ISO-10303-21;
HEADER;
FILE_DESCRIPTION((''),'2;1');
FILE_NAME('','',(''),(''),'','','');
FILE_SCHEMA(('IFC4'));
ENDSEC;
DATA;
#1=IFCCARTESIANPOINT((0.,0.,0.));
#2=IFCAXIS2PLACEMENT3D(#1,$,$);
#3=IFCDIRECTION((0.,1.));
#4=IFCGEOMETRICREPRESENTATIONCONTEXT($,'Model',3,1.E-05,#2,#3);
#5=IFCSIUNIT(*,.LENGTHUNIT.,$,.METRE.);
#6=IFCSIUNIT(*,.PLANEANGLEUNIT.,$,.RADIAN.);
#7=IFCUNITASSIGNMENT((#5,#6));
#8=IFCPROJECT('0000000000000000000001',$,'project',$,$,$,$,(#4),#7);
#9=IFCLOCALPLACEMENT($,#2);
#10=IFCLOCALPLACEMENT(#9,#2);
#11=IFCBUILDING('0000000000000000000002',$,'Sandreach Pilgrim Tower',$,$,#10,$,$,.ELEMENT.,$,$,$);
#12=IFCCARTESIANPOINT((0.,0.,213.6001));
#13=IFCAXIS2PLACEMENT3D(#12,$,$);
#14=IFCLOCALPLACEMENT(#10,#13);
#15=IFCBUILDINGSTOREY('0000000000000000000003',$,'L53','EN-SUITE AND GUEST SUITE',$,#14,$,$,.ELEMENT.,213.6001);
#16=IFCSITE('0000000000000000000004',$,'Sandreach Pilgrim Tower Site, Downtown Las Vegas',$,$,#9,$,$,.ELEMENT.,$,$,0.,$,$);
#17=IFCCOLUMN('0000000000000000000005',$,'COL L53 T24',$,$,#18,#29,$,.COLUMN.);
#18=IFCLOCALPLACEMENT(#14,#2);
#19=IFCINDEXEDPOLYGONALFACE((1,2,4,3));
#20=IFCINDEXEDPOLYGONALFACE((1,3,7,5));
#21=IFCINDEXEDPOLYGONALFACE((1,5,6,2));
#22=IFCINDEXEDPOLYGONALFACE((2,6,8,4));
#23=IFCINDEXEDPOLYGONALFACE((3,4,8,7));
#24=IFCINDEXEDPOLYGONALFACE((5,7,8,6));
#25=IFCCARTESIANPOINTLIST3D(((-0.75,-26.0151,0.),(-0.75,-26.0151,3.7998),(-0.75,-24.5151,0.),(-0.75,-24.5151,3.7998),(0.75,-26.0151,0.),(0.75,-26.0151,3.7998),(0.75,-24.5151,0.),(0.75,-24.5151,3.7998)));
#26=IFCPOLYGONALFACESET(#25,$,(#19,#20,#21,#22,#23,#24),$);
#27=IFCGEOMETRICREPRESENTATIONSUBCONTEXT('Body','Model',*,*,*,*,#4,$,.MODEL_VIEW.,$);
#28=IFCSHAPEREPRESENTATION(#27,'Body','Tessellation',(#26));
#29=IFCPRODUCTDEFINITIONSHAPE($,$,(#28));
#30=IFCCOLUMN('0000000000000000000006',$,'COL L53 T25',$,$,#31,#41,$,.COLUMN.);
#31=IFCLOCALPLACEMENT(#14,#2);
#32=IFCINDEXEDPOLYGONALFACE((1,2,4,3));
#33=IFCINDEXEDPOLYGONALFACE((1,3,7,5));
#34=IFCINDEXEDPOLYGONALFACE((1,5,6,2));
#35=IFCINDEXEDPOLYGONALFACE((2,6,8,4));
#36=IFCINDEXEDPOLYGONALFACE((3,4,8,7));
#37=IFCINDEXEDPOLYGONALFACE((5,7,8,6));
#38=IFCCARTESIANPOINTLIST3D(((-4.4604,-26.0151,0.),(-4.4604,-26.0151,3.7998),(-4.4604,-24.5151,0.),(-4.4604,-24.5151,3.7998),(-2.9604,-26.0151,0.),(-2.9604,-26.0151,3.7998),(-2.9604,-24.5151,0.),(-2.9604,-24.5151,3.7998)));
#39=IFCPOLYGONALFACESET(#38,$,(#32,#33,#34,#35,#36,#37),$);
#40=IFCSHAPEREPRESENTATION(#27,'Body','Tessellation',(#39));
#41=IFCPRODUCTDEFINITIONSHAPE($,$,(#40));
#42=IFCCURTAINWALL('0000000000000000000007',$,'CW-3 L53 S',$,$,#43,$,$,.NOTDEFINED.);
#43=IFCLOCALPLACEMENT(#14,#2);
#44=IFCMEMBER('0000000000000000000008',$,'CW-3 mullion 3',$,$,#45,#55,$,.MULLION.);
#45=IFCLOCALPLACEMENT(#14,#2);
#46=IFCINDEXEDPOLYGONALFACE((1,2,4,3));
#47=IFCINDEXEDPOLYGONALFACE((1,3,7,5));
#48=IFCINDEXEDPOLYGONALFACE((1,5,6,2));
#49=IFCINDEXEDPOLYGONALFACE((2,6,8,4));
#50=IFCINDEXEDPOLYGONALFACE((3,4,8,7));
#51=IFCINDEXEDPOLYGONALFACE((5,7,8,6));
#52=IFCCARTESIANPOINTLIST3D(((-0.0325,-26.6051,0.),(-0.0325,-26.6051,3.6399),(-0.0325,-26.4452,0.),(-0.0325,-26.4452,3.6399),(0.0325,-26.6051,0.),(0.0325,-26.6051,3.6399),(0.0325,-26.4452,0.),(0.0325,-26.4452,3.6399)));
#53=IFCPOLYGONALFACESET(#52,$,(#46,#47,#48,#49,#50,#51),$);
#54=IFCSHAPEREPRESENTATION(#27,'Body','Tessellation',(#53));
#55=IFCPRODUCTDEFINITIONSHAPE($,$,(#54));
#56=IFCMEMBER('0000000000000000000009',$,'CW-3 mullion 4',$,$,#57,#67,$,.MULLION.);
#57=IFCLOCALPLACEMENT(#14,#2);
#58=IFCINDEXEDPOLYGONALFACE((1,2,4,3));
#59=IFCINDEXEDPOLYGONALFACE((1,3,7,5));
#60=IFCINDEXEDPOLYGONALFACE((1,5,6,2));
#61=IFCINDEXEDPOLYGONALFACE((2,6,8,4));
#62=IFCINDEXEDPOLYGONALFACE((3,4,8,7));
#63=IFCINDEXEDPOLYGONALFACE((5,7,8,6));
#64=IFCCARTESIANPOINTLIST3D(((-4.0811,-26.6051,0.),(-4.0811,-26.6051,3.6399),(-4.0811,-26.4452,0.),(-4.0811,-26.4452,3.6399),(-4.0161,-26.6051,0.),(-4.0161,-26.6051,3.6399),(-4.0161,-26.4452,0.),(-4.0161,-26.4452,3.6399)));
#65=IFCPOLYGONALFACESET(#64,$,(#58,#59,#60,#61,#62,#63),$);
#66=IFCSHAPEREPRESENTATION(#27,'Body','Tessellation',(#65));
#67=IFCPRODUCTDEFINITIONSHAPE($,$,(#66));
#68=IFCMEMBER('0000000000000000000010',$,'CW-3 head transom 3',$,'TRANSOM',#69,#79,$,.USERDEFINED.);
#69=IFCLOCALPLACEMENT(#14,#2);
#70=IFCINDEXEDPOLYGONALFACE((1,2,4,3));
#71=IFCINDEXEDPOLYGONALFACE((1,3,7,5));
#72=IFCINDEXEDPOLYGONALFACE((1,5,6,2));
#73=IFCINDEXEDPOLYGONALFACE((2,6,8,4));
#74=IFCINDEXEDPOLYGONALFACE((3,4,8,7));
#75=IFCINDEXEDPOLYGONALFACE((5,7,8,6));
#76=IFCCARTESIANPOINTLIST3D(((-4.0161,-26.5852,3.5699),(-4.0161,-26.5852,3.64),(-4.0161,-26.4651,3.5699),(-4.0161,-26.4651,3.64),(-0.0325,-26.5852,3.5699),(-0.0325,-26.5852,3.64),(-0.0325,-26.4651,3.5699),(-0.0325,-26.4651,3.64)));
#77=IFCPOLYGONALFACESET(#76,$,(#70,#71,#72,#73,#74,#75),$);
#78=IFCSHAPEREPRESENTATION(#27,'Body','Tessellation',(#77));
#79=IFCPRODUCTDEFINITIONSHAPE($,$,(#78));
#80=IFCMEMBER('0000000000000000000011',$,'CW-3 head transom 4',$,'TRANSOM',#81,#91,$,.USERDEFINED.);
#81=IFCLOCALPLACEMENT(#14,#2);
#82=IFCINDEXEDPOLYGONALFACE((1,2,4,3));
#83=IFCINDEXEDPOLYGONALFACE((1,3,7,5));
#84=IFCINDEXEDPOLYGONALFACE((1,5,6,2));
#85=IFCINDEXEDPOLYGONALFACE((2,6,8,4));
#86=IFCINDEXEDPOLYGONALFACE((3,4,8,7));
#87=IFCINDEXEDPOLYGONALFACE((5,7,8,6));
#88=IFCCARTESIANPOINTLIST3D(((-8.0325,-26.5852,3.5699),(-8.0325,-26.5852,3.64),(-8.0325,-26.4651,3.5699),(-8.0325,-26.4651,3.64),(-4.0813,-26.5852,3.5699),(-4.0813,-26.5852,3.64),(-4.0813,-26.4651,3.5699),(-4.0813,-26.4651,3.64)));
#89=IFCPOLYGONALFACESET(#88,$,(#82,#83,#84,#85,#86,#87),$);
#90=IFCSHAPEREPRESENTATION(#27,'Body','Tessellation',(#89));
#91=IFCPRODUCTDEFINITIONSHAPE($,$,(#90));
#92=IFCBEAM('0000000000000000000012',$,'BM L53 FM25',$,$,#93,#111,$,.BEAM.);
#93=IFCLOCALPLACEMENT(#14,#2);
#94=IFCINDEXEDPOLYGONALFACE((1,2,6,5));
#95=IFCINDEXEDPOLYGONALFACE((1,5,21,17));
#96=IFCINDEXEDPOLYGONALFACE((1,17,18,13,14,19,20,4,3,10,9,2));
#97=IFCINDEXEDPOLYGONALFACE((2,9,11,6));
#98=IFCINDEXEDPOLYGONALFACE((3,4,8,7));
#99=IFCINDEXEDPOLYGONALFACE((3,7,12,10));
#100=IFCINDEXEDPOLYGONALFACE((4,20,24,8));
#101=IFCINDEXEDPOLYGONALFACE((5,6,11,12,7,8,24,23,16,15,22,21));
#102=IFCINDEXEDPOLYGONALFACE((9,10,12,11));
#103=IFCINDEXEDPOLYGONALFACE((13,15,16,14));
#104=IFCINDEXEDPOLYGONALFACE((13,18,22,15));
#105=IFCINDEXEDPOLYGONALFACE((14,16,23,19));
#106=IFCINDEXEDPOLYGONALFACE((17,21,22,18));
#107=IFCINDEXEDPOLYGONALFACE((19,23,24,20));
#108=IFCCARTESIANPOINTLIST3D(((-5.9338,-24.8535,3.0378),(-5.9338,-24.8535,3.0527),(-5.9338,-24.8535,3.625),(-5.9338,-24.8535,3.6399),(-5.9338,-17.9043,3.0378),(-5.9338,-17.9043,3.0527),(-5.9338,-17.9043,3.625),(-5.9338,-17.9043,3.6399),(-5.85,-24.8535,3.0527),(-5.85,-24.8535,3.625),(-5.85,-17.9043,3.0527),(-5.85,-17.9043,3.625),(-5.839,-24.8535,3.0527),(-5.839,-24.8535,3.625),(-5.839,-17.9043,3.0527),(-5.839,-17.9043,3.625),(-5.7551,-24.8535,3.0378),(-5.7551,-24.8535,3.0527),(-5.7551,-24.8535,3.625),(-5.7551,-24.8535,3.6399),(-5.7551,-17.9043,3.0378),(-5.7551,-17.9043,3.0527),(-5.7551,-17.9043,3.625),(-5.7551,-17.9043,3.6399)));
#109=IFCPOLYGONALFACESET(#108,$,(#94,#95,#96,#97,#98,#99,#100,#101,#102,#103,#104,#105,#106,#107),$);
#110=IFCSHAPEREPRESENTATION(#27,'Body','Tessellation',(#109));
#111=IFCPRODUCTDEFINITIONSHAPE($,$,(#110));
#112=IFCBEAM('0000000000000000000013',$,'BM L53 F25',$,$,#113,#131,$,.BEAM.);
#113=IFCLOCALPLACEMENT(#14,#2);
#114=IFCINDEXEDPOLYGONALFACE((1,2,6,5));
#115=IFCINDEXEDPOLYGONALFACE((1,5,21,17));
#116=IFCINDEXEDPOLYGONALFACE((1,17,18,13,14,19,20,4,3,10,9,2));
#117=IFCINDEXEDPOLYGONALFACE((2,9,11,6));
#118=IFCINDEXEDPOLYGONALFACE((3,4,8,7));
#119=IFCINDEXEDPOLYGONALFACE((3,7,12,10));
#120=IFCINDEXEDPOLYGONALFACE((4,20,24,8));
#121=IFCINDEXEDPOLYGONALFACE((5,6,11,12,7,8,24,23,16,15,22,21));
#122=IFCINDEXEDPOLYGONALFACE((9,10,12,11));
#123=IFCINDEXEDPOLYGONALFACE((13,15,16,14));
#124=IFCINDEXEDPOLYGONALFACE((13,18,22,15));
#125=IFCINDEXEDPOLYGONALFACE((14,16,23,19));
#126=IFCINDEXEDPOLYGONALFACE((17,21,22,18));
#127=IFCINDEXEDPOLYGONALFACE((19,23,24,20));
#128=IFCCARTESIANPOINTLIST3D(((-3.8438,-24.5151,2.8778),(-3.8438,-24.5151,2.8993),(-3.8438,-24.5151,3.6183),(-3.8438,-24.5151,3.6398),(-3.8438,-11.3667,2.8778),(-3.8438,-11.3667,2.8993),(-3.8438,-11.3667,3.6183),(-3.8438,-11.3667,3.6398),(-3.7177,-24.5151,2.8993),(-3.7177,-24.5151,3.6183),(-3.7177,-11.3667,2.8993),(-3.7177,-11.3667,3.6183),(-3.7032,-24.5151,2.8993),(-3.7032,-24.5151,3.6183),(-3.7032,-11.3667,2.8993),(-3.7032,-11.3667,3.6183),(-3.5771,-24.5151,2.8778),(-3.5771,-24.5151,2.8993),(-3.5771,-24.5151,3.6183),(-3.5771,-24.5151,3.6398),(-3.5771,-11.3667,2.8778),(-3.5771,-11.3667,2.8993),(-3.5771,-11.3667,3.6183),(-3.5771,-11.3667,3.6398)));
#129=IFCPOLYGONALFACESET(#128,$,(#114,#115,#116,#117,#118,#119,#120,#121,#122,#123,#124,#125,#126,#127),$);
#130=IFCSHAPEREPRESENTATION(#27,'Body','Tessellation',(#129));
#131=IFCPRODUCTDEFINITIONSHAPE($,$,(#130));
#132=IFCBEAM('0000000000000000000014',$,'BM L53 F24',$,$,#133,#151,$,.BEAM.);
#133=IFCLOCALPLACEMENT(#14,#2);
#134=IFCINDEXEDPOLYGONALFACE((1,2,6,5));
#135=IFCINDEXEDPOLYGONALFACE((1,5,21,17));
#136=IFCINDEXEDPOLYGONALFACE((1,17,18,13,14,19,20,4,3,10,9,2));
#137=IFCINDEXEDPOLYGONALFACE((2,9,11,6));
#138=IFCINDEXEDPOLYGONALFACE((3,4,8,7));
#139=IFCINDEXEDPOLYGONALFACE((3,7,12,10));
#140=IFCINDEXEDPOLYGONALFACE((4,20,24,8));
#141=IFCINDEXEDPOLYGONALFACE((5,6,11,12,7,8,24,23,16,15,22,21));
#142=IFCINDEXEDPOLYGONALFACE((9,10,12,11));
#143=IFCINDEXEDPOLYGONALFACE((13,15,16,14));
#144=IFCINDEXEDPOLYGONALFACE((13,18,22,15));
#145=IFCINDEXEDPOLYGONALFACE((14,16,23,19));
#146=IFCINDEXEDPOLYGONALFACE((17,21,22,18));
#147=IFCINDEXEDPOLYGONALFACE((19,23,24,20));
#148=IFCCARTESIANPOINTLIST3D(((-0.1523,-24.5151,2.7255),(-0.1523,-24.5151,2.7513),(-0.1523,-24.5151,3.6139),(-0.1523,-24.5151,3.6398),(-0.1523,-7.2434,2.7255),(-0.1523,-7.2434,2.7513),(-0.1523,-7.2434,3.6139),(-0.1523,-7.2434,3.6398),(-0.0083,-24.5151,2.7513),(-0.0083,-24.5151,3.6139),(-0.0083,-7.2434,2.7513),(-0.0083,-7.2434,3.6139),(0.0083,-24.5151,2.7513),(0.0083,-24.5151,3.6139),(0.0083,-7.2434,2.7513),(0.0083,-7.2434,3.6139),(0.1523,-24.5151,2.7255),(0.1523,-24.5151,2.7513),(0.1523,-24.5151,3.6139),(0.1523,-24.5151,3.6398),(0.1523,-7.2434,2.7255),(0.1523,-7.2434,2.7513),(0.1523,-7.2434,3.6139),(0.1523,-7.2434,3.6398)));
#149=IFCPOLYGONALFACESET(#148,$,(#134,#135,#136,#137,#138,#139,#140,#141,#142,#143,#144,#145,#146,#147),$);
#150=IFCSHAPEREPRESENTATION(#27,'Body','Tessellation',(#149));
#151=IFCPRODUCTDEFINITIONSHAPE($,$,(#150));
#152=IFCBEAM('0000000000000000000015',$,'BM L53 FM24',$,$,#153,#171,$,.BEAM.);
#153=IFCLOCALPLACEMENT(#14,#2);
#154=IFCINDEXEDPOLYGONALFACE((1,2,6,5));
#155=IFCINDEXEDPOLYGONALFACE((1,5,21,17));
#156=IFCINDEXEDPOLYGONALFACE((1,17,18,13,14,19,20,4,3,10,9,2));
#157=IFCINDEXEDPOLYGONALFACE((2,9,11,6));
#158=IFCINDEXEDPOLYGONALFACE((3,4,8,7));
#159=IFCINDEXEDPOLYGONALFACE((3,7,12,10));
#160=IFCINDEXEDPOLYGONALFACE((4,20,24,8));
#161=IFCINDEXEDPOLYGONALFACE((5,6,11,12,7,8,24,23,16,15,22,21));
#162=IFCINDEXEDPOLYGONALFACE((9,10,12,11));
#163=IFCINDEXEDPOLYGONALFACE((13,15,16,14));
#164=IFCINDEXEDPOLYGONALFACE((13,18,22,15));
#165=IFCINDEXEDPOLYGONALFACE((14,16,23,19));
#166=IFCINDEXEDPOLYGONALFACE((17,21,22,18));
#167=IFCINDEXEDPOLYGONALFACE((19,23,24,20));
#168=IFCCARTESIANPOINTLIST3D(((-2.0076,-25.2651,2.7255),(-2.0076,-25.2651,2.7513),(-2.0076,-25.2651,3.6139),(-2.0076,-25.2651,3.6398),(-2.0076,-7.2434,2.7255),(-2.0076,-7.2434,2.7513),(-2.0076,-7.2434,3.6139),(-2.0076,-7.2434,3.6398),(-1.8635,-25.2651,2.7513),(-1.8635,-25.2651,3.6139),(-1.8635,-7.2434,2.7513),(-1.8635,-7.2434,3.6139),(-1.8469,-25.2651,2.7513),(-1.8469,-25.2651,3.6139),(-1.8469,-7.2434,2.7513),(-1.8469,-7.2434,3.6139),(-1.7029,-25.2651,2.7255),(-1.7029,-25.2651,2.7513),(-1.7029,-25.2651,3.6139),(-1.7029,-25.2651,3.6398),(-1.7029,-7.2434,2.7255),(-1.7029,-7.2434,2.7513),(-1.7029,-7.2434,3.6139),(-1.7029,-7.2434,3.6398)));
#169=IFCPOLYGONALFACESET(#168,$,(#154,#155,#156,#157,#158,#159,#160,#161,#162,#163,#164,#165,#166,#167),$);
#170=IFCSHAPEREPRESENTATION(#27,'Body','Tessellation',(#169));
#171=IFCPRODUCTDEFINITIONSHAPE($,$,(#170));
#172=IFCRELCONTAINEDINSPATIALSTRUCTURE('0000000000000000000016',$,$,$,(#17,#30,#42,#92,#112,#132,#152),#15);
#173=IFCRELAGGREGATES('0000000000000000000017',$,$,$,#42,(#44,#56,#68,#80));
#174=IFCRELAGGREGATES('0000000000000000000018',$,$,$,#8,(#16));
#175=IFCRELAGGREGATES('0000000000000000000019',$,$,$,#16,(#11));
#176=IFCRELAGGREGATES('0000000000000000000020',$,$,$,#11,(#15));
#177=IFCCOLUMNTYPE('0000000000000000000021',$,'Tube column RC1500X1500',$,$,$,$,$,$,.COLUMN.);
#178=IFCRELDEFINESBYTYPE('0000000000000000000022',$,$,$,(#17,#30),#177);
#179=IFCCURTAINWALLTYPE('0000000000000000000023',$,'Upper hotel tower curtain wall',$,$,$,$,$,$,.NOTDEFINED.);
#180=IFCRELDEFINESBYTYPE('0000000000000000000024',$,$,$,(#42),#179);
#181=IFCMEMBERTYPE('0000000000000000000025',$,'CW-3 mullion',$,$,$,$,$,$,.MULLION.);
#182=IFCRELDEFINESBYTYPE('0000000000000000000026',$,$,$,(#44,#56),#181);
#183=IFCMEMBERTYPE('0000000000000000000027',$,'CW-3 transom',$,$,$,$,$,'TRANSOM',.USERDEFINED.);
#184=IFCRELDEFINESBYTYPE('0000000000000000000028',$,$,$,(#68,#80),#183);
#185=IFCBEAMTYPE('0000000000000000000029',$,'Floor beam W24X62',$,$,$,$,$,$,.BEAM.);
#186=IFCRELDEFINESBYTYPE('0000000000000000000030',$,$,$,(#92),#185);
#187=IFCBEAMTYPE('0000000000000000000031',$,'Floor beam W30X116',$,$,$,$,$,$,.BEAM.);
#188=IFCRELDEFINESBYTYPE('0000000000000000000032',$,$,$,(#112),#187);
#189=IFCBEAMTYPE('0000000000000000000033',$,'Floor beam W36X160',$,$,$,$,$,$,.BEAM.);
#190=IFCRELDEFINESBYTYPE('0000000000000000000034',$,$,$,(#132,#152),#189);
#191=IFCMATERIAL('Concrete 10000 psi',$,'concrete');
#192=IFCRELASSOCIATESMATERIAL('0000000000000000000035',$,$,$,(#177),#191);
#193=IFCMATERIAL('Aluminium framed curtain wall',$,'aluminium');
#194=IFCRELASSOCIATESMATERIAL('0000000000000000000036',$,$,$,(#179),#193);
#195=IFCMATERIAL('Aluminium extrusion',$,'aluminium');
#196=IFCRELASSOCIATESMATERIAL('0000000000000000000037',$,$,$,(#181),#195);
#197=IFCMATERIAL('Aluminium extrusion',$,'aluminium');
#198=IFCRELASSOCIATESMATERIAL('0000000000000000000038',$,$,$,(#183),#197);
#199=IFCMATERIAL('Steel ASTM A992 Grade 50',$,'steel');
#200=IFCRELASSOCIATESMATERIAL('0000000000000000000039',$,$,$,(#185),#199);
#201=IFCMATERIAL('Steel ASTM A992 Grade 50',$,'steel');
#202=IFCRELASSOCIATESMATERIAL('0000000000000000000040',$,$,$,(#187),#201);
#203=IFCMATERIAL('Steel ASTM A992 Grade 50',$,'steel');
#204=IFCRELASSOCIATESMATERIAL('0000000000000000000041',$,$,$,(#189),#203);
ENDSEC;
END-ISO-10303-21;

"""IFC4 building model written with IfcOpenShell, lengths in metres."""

from ifc_helpers import new_model, si_unit, direction, frame, origin, origin_2d, place, context, subcontext, project, spatial, rectangle, i_section, extrude, material, material_profile, profile_set, type_object, element, aggregate, save


model = new_model("IFC4")

# Units and contexts
model_context = context("Model", 3, precision=1e-05, world=origin(), true_north=direction((0.0, 1.0)))
body_context = subcontext(model_context, "Body", "Model", "MODEL_VIEW")
ifc_project = project(units=[si_unit("LENGTHUNIT", "METRE"), si_unit("PLANEANGLEUNIT", "RADIAN")], contexts=[model_context])

# Site, building, storey
site_placement = place(None, origin())
site = spatial("IfcSite", under=ifc_project, at=site_placement, Name="Sandreach Pilgrim Tower Site, Downtown Las Vegas", CompositionType="ELEMENT", RefElevation=0.0)
building_placement = place(site_placement, origin())
building = spatial("IfcBuilding", under=site, at=building_placement, Name="Sandreach Pilgrim Tower", CompositionType="ELEMENT")
storey_placement = place(building_placement, frame((0.0, 0.0, 213.6001)))
storey = spatial("IfcBuildingStorey", under=building, at=storey_placement, Name="L53", Description="EN-SUITE AND GUEST SUITE", CompositionType="ELEMENT", Elevation=213.6001)

# Columns
ifc_material_1 = material(Name="Concrete 10000 psi", Category="concrete")
ifc_material_profile_1 = material_profile(ifc_material_1, rectangle(XDim=1.5, YDim=1.5, at=origin_2d()), Name="RC1500X1500")
ifc_profile_set_1 = profile_set([ifc_material_profile_1], Name="Concrete 10000 psi")
column_type = type_object("IfcColumnType", Name="Tube column RC1500X1500", PredefinedType="COLUMN", material=ifc_profile_set_1)
for number, where, z_axis, x_axis, name in (
    (1, (0.0, -25.2651, 0.0), (0.0, 0.0, 1.0), (0.0, -1.0, 0.0), "COL L53 T24"),
    (2, (-3.7104, -25.2651, 0.0), (0.0, 0.0, 1.0), (0.0, -1.0, 0.0), "COL L53 T25"),
):
    element("IfcColumn", number, at=place(storey_placement, frame(where, z_axis=z_axis, x_axis=x_axis)), inside=storey, type_object=column_type, Name=name, PredefinedType="COLUMN", context=body_context, shape_type="SweptSolid", body=[
        extrude(rectangle(XDim=1.5, YDim=1.5, at=origin_2d()), origin(), (0.0, 0.0, 1.0), 3.7998),
    ])

# Curtain wall, members
ifc_material_2 = material(Name="Aluminium framed curtain wall", Category="aluminium")
curtain_wall_type = type_object("IfcCurtainWallType", Name="Upper hotel tower curtain wall", PredefinedType="NOTDEFINED", material=ifc_material_2)
curtain_wall_placement = place(storey_placement, origin())
curtain_wall = element("IfcCurtainWall", 3, at=curtain_wall_placement, inside=storey, type_object=curtain_wall_type, Name="CW-3 L53 S", PredefinedType="NOTDEFINED")
ifc_material_3 = material(Name="Aluminium extrusion", Category="aluminium")
ifc_material_profile_2 = material_profile(ifc_material_3, rectangle(XDim=0.0649, YDim=0.1599, at=origin_2d()), Name="CW-3M 65X160")
ifc_profile_set_2 = profile_set([ifc_material_profile_2], Name="Aluminium extrusion")
member_type_1 = type_object("IfcMemberType", Name="CW-3 mullion", PredefinedType="MULLION", material=ifc_profile_set_2)
member_1_placement = place(storey_placement, frame((0.0, -26.5251, 0.0), z_axis=(0.0, 0.0, 1.0), x_axis=(-1.0, 0.0, 0.0)))
member_1 = element("IfcMember", 4, at=member_1_placement, type_object=member_type_1, Name="CW-3 mullion 3", PredefinedType="MULLION", context=body_context, shape_type="SweptSolid", body=[
    extrude(rectangle(XDim=0.0649, YDim=0.1599, at=origin_2d()), origin(), (0.0, 0.0, 1.0), 3.6399),
])
member_2_placement = place(storey_placement, frame((-4.0486, -26.5251, 0.0), z_axis=(0.0, 0.0, 1.0), x_axis=(-1.0, 0.0, 0.0)))
member_2 = element("IfcMember", 5, at=member_2_placement, type_object=member_type_1, Name="CW-3 mullion 4", PredefinedType="MULLION", context=body_context, shape_type="SweptSolid", body=[
    extrude(rectangle(XDim=0.0649, YDim=0.1599, at=origin_2d()), origin(), (0.0, 0.0, 1.0), 3.6399),
])
ifc_material_4 = material(Name="Aluminium extrusion", Category="aluminium")
ifc_material_profile_3 = material_profile(ifc_material_4, rectangle(XDim=0.1201, YDim=0.0701, at=origin_2d()), Name="CW-3T 120X70")
ifc_profile_set_3 = profile_set([ifc_material_profile_3], Name="Aluminium extrusion")
member_type_2 = type_object("IfcMemberType", Name="CW-3 transom", ElementType="TRANSOM", PredefinedType="USERDEFINED", material=ifc_profile_set_3)
member_3_placement = place(storey_placement, frame((-0.0325, -26.5251, 3.605), z_axis=(-1.0, 0.0, 0.0), x_axis=(0.0, -1.0, 0.0)))
member_3 = element("IfcMember", 6, at=member_3_placement, type_object=member_type_2, Name="CW-3 head transom 3", ObjectType="TRANSOM", PredefinedType="USERDEFINED", context=body_context, shape_type="SweptSolid", body=[
    extrude(rectangle(XDim=0.1201, YDim=0.0701, at=origin_2d()), origin(), (0.0, 0.0, 1.0), 3.9836),
])
member_4_placement = place(storey_placement, frame((-4.0813, -26.5251, 3.605), z_axis=(-1.0, 0.0, 0.0), x_axis=(0.0, -1.0, 0.0)))
member_4 = element("IfcMember", 7, at=member_4_placement, type_object=member_type_2, Name="CW-3 head transom 4", ObjectType="TRANSOM", PredefinedType="USERDEFINED", context=body_context, shape_type="SweptSolid", body=[
    extrude(rectangle(XDim=0.1201, YDim=0.0701, at=origin_2d()), origin(), (0.0, 0.0, 1.0), 3.9512),
])

# Beams
ifc_material_5 = material(Name="Steel ASTM A992 Grade 50", Category="steel")
ifc_material_profile_4 = material_profile(ifc_material_5, i_section(OverallWidth=0.1787, OverallDepth=0.6021, WebThickness=0.011, FlangeThickness=0.0149, at=origin_2d()), Name="W24X62")
ifc_profile_set_4 = profile_set([ifc_material_profile_4], Name="Steel ASTM A992 Grade 50")
beam_type_1 = type_object("IfcBeamType", Name="Floor beam W24X62", PredefinedType="BEAM", material=ifc_profile_set_4)
beam_1_placement = place(storey_placement, frame((-5.8445, -24.8535, 3.3389), z_axis=(0.0, 1.0, 0.0), x_axis=(-1.0, 0.0, 0.0)))
element("IfcBeam", 8, at=beam_1_placement, inside=storey, type_object=beam_type_1, Name="BM L53 FM25", PredefinedType="BEAM", context=body_context, shape_type="SweptSolid", body=[
    extrude(i_section(OverallWidth=0.1787, OverallDepth=0.6021, WebThickness=0.011, FlangeThickness=0.0149, at=origin_2d()), origin(), (0.0, 0.0, 1.0), 6.9492),
])
ifc_material_6 = material(Name="Steel ASTM A992 Grade 50", Category="steel")
ifc_material_profile_5 = material_profile(ifc_material_6, i_section(OverallWidth=0.2666, OverallDepth=0.762, WebThickness=0.0144, FlangeThickness=0.0215, at=origin_2d()), Name="W30X116")
ifc_profile_set_5 = profile_set([ifc_material_profile_5], Name="Steel ASTM A992 Grade 50")
beam_type_2 = type_object("IfcBeamType", Name="Floor beam W30X116", PredefinedType="BEAM", material=ifc_profile_set_5)
beam_2_placement = place(storey_placement, frame((-3.7104, -24.5151, 3.2588), z_axis=(0.0, 1.0, 0.0), x_axis=(-1.0, 0.0, 0.0)))
element("IfcBeam", 9, at=beam_2_placement, inside=storey, type_object=beam_type_2, Name="BM L53 F25", PredefinedType="BEAM", context=body_context, shape_type="SweptSolid", body=[
    extrude(i_section(OverallWidth=0.2666, OverallDepth=0.762, WebThickness=0.0144, FlangeThickness=0.0215, at=origin_2d()), origin(), (0.0, 0.0, 1.0), 13.1484),
])
ifc_material_7 = material(Name="Steel ASTM A992 Grade 50", Category="steel")
ifc_material_profile_6 = material_profile(ifc_material_7, i_section(OverallWidth=0.3047, OverallDepth=0.9143, WebThickness=0.0166, FlangeThickness=0.0259, at=origin_2d()), Name="W36X160")
ifc_profile_set_6 = profile_set([ifc_material_profile_6], Name="Steel ASTM A992 Grade 50")
beam_type_3 = type_object("IfcBeamType", Name="Floor beam W36X160", PredefinedType="BEAM", material=ifc_profile_set_6)
beam_3_placement = place(storey_placement, frame((0.0, -24.5151, 3.1826), z_axis=(0.0, 1.0, 0.0), x_axis=(-1.0, 0.0, 0.0)))
element("IfcBeam", 10, at=beam_3_placement, inside=storey, type_object=beam_type_3, Name="BM L53 F24", PredefinedType="BEAM", context=body_context, shape_type="SweptSolid", body=[
    extrude(i_section(OverallWidth=0.3047, OverallDepth=0.9143, WebThickness=0.0166, FlangeThickness=0.0259, at=origin_2d()), origin(), (0.0, 0.0, 1.0), 17.2717),
])
beam_4_placement = place(storey_placement, frame((-1.8552, -25.2651, 3.1826), z_axis=(0.0, 1.0, 0.0), x_axis=(-1.0, 0.0, 0.0)))
element("IfcBeam", 11, at=beam_4_placement, inside=storey, type_object=beam_type_3, Name="BM L53 FM24", PredefinedType="BEAM", context=body_context, shape_type="SweptSolid", body=[
    extrude(i_section(OverallWidth=0.3047, OverallDepth=0.9143, WebThickness=0.0166, FlangeThickness=0.0259, at=origin_2d()), origin(), (0.0, 0.0, 1.0), 18.0217),
])

aggregate(curtain_wall, [member_1, member_2, member_3, member_4])

save(model, "model.ifc")
